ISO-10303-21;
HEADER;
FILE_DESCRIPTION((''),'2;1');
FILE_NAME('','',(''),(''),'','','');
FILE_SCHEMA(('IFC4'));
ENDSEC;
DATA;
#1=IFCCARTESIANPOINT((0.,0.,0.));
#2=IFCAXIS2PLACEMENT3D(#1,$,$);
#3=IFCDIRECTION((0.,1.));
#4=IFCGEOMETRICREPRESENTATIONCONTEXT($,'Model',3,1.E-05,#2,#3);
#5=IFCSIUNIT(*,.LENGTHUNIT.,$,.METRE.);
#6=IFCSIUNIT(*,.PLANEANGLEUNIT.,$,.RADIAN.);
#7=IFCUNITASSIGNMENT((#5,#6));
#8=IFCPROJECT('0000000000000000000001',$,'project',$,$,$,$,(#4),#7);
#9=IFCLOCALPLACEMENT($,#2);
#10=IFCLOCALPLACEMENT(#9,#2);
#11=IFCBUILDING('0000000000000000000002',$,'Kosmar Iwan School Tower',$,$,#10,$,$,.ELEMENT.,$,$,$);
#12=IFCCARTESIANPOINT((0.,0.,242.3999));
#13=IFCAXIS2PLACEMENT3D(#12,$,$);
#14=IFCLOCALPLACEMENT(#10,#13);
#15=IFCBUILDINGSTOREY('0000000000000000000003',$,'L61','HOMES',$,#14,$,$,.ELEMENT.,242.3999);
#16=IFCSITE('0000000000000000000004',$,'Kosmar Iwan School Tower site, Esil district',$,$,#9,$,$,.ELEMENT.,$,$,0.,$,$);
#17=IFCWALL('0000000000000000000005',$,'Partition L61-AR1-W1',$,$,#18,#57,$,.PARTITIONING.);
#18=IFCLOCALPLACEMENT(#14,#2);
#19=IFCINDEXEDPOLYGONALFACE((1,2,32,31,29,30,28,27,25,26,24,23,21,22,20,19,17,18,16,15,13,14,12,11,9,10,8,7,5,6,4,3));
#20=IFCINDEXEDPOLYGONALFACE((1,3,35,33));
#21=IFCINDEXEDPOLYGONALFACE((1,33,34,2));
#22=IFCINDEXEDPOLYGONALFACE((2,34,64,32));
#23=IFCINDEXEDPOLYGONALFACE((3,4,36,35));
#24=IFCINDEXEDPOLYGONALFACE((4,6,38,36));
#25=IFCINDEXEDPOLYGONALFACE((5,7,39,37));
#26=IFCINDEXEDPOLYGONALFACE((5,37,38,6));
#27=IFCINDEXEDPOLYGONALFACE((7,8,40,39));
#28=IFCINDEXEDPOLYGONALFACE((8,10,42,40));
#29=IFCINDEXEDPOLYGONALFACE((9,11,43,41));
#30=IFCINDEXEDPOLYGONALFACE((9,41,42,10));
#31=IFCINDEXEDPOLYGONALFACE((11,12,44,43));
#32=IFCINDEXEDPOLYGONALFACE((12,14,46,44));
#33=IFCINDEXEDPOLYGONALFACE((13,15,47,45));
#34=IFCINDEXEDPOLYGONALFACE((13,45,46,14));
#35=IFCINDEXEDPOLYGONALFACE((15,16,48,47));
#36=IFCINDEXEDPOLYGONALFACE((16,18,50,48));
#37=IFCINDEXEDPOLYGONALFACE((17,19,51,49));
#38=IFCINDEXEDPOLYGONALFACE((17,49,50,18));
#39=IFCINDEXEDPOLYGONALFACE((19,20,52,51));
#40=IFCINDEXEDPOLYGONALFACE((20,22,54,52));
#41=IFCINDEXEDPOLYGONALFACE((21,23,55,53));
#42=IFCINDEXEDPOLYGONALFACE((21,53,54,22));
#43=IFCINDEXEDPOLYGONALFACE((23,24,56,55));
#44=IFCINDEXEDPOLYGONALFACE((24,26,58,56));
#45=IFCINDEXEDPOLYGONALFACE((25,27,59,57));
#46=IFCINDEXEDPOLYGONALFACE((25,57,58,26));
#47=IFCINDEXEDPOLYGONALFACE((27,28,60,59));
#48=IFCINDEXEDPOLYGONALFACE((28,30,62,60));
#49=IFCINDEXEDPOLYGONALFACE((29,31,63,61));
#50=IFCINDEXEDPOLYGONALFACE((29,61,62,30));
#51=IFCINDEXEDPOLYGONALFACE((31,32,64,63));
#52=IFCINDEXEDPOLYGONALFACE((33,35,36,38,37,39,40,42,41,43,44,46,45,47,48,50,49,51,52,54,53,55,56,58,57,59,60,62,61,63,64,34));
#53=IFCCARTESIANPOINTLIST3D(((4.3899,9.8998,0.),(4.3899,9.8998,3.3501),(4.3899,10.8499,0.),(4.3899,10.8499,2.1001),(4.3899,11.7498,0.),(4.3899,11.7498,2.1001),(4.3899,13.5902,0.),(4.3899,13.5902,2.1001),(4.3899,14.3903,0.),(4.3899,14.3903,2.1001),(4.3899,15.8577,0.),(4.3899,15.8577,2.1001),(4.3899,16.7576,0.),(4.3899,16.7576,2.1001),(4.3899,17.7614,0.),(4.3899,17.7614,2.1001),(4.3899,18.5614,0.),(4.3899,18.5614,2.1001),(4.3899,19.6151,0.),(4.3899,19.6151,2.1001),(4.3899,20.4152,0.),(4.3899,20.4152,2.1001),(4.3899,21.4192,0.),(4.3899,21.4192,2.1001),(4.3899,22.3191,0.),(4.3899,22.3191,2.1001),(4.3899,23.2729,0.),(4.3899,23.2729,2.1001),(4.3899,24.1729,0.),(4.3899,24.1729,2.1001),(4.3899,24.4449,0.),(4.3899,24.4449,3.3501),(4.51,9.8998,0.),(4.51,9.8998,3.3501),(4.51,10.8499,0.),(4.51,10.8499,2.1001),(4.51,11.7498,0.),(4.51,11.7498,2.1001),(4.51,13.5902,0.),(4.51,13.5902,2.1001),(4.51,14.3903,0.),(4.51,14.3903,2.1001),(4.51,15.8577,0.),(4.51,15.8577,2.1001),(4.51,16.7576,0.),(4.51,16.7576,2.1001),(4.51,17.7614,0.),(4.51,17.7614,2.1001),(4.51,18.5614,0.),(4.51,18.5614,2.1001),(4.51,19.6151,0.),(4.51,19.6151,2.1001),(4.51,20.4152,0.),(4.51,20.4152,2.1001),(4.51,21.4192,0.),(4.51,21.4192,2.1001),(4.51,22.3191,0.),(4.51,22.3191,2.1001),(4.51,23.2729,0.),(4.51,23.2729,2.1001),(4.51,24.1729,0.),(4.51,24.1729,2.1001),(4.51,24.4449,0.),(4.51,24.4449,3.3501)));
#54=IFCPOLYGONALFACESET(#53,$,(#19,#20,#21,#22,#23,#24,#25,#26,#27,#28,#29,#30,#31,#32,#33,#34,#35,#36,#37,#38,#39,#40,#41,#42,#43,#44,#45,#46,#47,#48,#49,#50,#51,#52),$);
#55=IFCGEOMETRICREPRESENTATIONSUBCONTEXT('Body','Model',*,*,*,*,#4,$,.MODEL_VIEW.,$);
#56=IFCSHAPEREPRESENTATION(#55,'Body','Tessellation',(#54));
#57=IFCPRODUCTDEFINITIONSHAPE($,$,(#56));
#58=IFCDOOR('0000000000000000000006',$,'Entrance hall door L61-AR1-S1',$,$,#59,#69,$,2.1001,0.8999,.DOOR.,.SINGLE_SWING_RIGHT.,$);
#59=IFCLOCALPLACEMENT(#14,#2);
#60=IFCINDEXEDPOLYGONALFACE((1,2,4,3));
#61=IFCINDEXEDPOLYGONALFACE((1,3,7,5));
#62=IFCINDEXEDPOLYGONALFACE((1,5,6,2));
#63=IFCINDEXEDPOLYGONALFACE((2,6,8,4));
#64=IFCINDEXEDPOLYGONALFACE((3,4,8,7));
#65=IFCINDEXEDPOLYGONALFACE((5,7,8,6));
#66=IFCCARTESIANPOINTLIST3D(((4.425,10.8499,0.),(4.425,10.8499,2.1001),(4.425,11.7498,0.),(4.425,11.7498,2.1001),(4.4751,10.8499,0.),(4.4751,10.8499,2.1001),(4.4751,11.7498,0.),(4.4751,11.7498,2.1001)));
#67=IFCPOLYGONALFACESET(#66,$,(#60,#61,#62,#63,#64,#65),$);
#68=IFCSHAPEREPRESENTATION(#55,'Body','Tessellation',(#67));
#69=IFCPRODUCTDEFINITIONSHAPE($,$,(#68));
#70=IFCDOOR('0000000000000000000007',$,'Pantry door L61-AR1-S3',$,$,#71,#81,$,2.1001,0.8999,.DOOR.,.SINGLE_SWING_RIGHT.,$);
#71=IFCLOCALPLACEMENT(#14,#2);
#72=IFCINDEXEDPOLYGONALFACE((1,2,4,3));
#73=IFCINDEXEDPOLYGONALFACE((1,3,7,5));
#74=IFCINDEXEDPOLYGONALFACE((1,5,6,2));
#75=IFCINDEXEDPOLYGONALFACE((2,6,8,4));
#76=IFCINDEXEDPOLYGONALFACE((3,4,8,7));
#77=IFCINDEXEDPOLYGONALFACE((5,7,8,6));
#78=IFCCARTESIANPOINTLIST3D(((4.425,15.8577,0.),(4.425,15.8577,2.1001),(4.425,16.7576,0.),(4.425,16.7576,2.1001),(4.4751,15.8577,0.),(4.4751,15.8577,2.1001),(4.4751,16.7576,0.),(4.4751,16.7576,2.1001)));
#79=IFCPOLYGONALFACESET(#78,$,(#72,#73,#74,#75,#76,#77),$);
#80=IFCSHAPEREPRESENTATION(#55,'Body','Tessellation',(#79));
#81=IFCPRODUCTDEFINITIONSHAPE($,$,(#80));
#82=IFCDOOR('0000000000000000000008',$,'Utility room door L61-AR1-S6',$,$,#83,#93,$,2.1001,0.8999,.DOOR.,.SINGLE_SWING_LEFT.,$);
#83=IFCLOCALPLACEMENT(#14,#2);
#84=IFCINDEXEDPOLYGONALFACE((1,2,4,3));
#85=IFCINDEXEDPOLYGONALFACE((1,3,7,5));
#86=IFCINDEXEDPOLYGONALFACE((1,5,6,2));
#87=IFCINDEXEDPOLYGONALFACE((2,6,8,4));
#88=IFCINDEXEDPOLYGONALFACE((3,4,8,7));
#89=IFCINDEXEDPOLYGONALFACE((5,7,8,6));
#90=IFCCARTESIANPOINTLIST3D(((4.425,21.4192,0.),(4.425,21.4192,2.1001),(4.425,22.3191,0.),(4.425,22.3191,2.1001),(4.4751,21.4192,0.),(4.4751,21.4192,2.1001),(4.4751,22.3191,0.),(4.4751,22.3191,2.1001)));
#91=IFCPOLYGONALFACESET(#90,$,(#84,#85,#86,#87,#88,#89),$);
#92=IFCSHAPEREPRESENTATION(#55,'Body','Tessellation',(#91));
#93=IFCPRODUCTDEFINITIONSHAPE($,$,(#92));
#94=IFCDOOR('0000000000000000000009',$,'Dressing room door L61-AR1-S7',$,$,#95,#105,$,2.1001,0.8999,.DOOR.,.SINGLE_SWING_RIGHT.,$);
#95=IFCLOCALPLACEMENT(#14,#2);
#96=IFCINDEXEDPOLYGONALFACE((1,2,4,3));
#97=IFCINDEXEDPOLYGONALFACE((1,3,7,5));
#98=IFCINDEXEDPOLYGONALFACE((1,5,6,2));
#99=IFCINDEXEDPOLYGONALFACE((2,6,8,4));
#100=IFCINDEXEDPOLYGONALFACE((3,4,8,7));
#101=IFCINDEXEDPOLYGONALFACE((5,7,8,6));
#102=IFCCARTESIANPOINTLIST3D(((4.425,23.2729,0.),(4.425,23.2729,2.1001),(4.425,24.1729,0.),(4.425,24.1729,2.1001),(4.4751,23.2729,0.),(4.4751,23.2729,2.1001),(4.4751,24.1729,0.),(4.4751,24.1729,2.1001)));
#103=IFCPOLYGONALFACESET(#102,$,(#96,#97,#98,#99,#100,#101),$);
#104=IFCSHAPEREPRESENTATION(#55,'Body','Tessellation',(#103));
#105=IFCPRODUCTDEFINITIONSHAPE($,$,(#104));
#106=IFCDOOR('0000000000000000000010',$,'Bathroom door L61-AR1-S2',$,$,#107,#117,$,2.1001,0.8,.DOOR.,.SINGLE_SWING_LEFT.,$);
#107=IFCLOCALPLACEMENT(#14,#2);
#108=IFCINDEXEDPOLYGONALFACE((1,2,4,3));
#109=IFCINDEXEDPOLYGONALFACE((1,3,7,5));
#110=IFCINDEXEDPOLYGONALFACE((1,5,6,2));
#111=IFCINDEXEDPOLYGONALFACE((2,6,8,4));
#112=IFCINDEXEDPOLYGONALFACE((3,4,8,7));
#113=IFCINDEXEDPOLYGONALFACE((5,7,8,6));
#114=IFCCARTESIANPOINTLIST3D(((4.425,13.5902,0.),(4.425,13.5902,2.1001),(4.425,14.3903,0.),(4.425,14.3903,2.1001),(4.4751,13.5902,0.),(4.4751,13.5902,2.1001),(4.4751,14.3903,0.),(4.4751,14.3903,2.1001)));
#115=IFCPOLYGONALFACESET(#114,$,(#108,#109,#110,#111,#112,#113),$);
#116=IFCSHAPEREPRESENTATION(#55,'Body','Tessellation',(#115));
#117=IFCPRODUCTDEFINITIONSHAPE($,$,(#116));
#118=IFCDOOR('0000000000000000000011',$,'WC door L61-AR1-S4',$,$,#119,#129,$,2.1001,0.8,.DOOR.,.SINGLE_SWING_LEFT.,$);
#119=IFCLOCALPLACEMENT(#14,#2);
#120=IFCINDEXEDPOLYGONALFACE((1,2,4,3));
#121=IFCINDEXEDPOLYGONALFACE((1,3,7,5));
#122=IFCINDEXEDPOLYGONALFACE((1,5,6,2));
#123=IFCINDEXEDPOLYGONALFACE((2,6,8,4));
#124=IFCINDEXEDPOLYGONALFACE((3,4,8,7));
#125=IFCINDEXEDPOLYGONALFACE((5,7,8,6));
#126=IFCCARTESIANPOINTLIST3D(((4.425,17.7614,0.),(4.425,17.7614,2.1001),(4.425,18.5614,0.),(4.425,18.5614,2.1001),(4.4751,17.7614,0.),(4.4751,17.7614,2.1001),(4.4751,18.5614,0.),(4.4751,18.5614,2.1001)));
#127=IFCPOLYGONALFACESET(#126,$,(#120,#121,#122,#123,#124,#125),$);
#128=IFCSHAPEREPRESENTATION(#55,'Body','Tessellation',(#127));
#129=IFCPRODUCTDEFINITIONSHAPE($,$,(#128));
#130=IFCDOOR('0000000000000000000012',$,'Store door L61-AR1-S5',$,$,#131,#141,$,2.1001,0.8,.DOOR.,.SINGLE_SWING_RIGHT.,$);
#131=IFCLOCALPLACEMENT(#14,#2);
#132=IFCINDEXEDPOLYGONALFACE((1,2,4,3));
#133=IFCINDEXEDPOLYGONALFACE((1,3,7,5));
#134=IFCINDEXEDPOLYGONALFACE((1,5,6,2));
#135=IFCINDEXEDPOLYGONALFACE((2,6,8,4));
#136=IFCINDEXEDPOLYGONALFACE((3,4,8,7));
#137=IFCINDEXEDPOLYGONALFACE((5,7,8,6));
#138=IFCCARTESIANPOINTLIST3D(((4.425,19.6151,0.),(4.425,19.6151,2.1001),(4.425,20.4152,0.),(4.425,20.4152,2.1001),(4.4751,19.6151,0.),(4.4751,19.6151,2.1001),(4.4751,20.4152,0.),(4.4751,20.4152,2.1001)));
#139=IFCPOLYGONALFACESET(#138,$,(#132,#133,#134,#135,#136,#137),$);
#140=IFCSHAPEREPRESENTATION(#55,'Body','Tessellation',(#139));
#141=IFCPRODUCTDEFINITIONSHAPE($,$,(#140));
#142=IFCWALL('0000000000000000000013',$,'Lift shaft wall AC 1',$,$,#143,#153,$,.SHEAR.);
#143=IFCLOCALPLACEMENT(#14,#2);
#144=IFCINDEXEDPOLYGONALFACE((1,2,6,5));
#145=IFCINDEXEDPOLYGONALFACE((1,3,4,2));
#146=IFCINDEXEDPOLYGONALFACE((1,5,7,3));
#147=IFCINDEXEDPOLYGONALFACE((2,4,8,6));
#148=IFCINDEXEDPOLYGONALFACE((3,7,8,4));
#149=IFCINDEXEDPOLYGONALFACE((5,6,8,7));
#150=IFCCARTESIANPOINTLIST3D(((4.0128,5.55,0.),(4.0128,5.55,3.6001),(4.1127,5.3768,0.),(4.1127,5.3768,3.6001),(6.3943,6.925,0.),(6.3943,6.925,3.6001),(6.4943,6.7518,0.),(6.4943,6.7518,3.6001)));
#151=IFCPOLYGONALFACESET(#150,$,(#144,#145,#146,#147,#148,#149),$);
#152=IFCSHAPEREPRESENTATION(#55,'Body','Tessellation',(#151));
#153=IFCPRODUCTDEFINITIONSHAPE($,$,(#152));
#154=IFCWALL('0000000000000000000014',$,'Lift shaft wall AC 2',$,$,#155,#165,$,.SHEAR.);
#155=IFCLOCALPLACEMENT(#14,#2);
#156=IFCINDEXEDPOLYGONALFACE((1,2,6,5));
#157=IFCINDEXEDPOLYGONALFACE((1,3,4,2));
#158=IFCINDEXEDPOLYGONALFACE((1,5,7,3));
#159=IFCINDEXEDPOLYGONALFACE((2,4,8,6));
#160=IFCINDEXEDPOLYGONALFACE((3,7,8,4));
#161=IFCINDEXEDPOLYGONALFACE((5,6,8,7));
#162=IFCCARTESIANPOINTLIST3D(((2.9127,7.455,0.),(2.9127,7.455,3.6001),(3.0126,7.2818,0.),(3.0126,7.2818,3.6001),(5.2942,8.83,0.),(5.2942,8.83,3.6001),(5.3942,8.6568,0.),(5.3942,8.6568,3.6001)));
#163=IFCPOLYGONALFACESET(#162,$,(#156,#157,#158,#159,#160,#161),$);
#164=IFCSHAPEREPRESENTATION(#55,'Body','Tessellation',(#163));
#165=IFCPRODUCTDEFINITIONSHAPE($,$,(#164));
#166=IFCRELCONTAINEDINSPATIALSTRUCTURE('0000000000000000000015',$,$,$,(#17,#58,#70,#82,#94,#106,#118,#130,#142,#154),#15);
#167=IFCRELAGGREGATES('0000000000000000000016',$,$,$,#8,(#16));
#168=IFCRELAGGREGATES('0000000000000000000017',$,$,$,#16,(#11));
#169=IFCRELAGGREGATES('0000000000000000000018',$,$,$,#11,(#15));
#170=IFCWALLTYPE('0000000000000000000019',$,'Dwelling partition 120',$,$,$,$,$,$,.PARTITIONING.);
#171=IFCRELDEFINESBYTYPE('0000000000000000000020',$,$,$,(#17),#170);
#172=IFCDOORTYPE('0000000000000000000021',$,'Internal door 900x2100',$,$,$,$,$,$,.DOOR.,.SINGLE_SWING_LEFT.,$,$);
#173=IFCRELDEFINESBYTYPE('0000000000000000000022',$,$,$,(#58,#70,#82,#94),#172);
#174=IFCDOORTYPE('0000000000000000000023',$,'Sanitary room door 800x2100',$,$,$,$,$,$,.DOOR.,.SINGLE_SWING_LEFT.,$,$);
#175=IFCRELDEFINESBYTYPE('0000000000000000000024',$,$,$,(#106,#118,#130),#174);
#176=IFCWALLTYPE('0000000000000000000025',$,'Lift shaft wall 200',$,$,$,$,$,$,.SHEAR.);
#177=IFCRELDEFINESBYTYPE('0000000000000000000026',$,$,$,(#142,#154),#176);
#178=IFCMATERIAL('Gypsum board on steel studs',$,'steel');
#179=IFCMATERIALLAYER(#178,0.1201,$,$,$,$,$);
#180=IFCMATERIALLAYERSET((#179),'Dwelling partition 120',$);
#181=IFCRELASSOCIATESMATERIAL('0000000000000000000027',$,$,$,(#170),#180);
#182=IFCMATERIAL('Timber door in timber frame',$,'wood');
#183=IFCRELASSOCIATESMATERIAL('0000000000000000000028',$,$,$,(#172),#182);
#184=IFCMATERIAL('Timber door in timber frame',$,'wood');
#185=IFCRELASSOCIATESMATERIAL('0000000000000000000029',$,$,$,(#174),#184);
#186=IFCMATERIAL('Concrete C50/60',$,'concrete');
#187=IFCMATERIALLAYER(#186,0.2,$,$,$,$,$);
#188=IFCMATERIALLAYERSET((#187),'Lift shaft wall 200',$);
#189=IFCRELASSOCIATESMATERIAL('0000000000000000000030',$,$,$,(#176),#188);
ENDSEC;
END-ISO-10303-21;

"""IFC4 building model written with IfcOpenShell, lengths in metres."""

from ifc_helpers import new_model, si_unit, direction, frame, frame_2d, origin, place, context, subcontext, project, spatial, rectangle, extrude, material, layer, layer_set, type_object, element, fill, save


model = new_model("IFC4")

# Units and contexts
model_context = context("Model", 3, precision=1e-05, world=origin(), true_north=direction((0.0, 1.0)))
body_context = subcontext(model_context, "Body", "Model", "MODEL_VIEW")
ifc_project = project(units=[si_unit("LENGTHUNIT", "METRE"), si_unit("PLANEANGLEUNIT", "RADIAN")], contexts=[model_context])

# Site, building, storey
site_placement = place(None, origin())
site = spatial("IfcSite", under=ifc_project, at=site_placement, Name="Kosmar Iwan School Tower site, Esil district", CompositionType="ELEMENT", RefElevation=0.0)
building_placement = place(site_placement, origin())
building = spatial("IfcBuilding", under=site, at=building_placement, Name="Kosmar Iwan School Tower", CompositionType="ELEMENT")
storey_placement = place(building_placement, frame((0.0, 0.0, 242.3999)))
storey = spatial("IfcBuildingStorey", under=building, at=storey_placement, Name="L61", Description="HOMES", CompositionType="ELEMENT", Elevation=242.3999)

# Wall, openings, doors
ifc_material_1 = material(Name="Gypsum board on steel studs", Category="steel")
ifc_layer_1 = layer(ifc_material_1, 0.1201)
ifc_layer_set_1 = layer_set([ifc_layer_1], Name="Dwelling partition 120")
wall_type_1 = type_object("IfcWallType", Name="Dwelling partition 120", PredefinedType="PARTITIONING", material=ifc_layer_set_1)
wall_1_placement = place(storey_placement, frame((4.45, 9.8999, 0.0), z_axis=(0.0, 0.0, 1.0), x_axis=(0.0, 1.0, 0.0)))
wall_1 = element("IfcWall", 1, at=wall_1_placement, inside=storey, type_object=wall_type_1, Name="Partition L61-AR1-W1", PredefinedType="PARTITIONING", context=body_context, shape_type="SweptSolid", body=[
    extrude(rectangle(XDim=14.5452, YDim=0.1201, at=frame_2d((7.2725, 0.0))), origin(), (0.0, 0.0, 1.0), 3.3501),
])
opening_1_placement = place(wall_1_placement, frame((0.95, 0.0, 0.0)))
opening_1 = element("IfcOpeningElement", 2, at=opening_1_placement, cuts=wall_1, PredefinedType="OPENING", context=body_context, shape_type="SweptSolid", body=[
    extrude(rectangle(XDim=0.8999, YDim=2.1001, at=frame_2d((0.45, 1.05))), frame((0.0, 0.072, 0.0), z_axis=(0.0, -1.0, 0.0), x_axis=(1.0, 0.0, 0.0)), (0.0, 0.0, 1.0), 0.144),
])
opening_2_placement = place(wall_1_placement, frame((3.6904, 0.0, 0.0)))
opening_2 = element("IfcOpeningElement", 3, at=opening_2_placement, cuts=wall_1, PredefinedType="OPENING", context=body_context, shape_type="SweptSolid", body=[
    extrude(rectangle(XDim=0.8, YDim=2.1001, at=frame_2d((0.3999, 1.05))), frame((0.0, 0.072, 0.0), z_axis=(0.0, -1.0, 0.0), x_axis=(1.0, 0.0, 0.0)), (0.0, 0.0, 1.0), 0.144),
])
opening_3_placement = place(wall_1_placement, frame((5.9578, 0.0, 0.0)))
opening_3 = element("IfcOpeningElement", 4, at=opening_3_placement, cuts=wall_1, PredefinedType="OPENING", context=body_context, shape_type="SweptSolid", body=[
    extrude(rectangle(XDim=0.8999, YDim=2.1001, at=frame_2d((0.45, 1.05))), frame((0.0, 0.072, 0.0), z_axis=(0.0, -1.0, 0.0), x_axis=(1.0, 0.0, 0.0)), (0.0, 0.0, 1.0), 0.144),
])
opening_4_placement = place(wall_1_placement, frame((7.8616, 0.0, 0.0)))
opening_4 = element("IfcOpeningElement", 5, at=opening_4_placement, cuts=wall_1, PredefinedType="OPENING", context=body_context, shape_type="SweptSolid", body=[
    extrude(rectangle(XDim=0.8, YDim=2.1001, at=frame_2d((0.3999, 1.05))), frame((0.0, 0.072, 0.0), z_axis=(0.0, -1.0, 0.0), x_axis=(1.0, 0.0, 0.0)), (0.0, 0.0, 1.0), 0.144),
])
opening_5_placement = place(wall_1_placement, frame((9.7153, 0.0, 0.0)))
opening_5 = element("IfcOpeningElement", 6, at=opening_5_placement, cuts=wall_1, PredefinedType="OPENING", context=body_context, shape_type="SweptSolid", body=[
    extrude(rectangle(XDim=0.8, YDim=2.1001, at=frame_2d((0.3999, 1.05))), frame((0.0, 0.072, 0.0), z_axis=(0.0, -1.0, 0.0), x_axis=(1.0, 0.0, 0.0)), (0.0, 0.0, 1.0), 0.144),
])
opening_6_placement = place(wall_1_placement, frame((11.5193, 0.0, 0.0)))
opening_6 = element("IfcOpeningElement", 7, at=opening_6_placement, cuts=wall_1, PredefinedType="OPENING", context=body_context, shape_type="SweptSolid", body=[
    extrude(rectangle(XDim=0.8999, YDim=2.1001, at=frame_2d((0.45, 1.05))), frame((0.0, 0.072, 0.0), z_axis=(0.0, -1.0, 0.0), x_axis=(1.0, 0.0, 0.0)), (0.0, 0.0, 1.0), 0.144),
])
opening_7_placement = place(wall_1_placement, frame((13.373, 0.0, 0.0)))
opening_7 = element("IfcOpeningElement", 8, at=opening_7_placement, cuts=wall_1, PredefinedType="OPENING", context=body_context, shape_type="SweptSolid", body=[
    extrude(rectangle(XDim=0.8999, YDim=2.1001, at=frame_2d((0.45, 1.05))), frame((0.0, 0.072, 0.0), z_axis=(0.0, -1.0, 0.0), x_axis=(1.0, 0.0, 0.0)), (0.0, 0.0, 1.0), 0.144),
])
ifc_material_2 = material(Name="Timber door in timber frame", Category="wood")
door_type_1 = type_object("IfcDoorType", Name="Internal door 900x2100", OperationType="SINGLE_SWING_LEFT", PredefinedType="DOOR", material=ifc_material_2)
door_1_placement = place(opening_1_placement, origin())
door_1 = element("IfcDoor", 9, at=door_1_placement, inside=storey, type_object=door_type_1, Name="Entrance hall door L61-AR1-S1", OperationType="SINGLE_SWING_RIGHT", OverallHeight=2.1001, OverallWidth=0.8999, PredefinedType="DOOR", context=body_context, shape_type="SweptSolid", body=[
    extrude(rectangle(XDim=0.8999, YDim=2.1001, at=frame_2d((0.45, 1.05))), frame((0.0, 0.0249, 0.0), z_axis=(0.0, -1.0, 0.0), x_axis=(1.0, 0.0, 0.0)), (0.0, 0.0, 1.0), 0.05),
])
fill(opening_1, door_1)
door_2_placement = place(opening_3_placement, origin())
door_2 = element("IfcDoor", 10, at=door_2_placement, inside=storey, type_object=door_type_1, Name="Pantry door L61-AR1-S3", OperationType="SINGLE_SWING_RIGHT", OverallHeight=2.1001, OverallWidth=0.8999, PredefinedType="DOOR", context=body_context, shape_type="SweptSolid", body=[
    extrude(rectangle(XDim=0.8999, YDim=2.1001, at=frame_2d((0.45, 1.05))), frame((0.0, 0.0249, 0.0), z_axis=(0.0, -1.0, 0.0), x_axis=(1.0, 0.0, 0.0)), (0.0, 0.0, 1.0), 0.05),
])
fill(opening_3, door_2)
door_3_placement = place(opening_6_placement, origin())
door_3 = element("IfcDoor", 11, at=door_3_placement, inside=storey, type_object=door_type_1, Name="Utility room door L61-AR1-S6", OperationType="SINGLE_SWING_LEFT", OverallHeight=2.1001, OverallWidth=0.8999, PredefinedType="DOOR", context=body_context, shape_type="SweptSolid", body=[
    extrude(rectangle(XDim=0.8999, YDim=2.1001, at=frame_2d((0.45, 1.05))), frame((0.0, 0.0249, 0.0), z_axis=(0.0, -1.0, 0.0), x_axis=(1.0, 0.0, 0.0)), (0.0, 0.0, 1.0), 0.05),
])
fill(opening_6, door_3)
door_4_placement = place(opening_7_placement, origin())
door_4 = element("IfcDoor", 12, at=door_4_placement, inside=storey, type_object=door_type_1, Name="Dressing room door L61-AR1-S7", OperationType="SINGLE_SWING_RIGHT", OverallHeight=2.1001, OverallWidth=0.8999, PredefinedType="DOOR", context=body_context, shape_type="SweptSolid", body=[
    extrude(rectangle(XDim=0.8999, YDim=2.1001, at=frame_2d((0.45, 1.05))), frame((0.0, 0.0249, 0.0), z_axis=(0.0, -1.0, 0.0), x_axis=(1.0, 0.0, 0.0)), (0.0, 0.0, 1.0), 0.05),
])
fill(opening_7, door_4)
ifc_material_3 = material(Name="Timber door in timber frame", Category="wood")
door_type_2 = type_object("IfcDoorType", Name="Sanitary room door 800x2100", OperationType="SINGLE_SWING_LEFT", PredefinedType="DOOR", material=ifc_material_3)
door_5_placement = place(opening_2_placement, origin())
door_5 = element("IfcDoor", 13, at=door_5_placement, inside=storey, type_object=door_type_2, Name="Bathroom door L61-AR1-S2", OperationType="SINGLE_SWING_LEFT", OverallHeight=2.1001, OverallWidth=0.8, PredefinedType="DOOR", context=body_context, shape_type="SweptSolid", body=[
    extrude(rectangle(XDim=0.8, YDim=2.1001, at=frame_2d((0.3999, 1.05))), frame((0.0, 0.0249, 0.0), z_axis=(0.0, -1.0, 0.0), x_axis=(1.0, 0.0, 0.0)), (0.0, 0.0, 1.0), 0.05),
])
fill(opening_2, door_5)
door_6_placement = place(opening_4_placement, origin())
door_6 = element("IfcDoor", 14, at=door_6_placement, inside=storey, type_object=door_type_2, Name="WC door L61-AR1-S4", OperationType="SINGLE_SWING_LEFT", OverallHeight=2.1001, OverallWidth=0.8, PredefinedType="DOOR", context=body_context, shape_type="SweptSolid", body=[
    extrude(rectangle(XDim=0.8, YDim=2.1001, at=frame_2d((0.3999, 1.05))), frame((0.0, 0.0249, 0.0), z_axis=(0.0, -1.0, 0.0), x_axis=(1.0, 0.0, 0.0)), (0.0, 0.0, 1.0), 0.05),
])
fill(opening_4, door_6)
door_7_placement = place(opening_5_placement, origin())
door_7 = element("IfcDoor", 15, at=door_7_placement, inside=storey, type_object=door_type_2, Name="Store door L61-AR1-S5", OperationType="SINGLE_SWING_RIGHT", OverallHeight=2.1001, OverallWidth=0.8, PredefinedType="DOOR", context=body_context, shape_type="SweptSolid", body=[
    extrude(rectangle(XDim=0.8, YDim=2.1001, at=frame_2d((0.3999, 1.05))), frame((0.0, 0.0249, 0.0), z_axis=(0.0, -1.0, 0.0), x_axis=(1.0, 0.0, 0.0)), (0.0, 0.0, 1.0), 0.05),
])
fill(opening_5, door_7)

# Walls
ifc_material_4 = material(Name="Concrete C50/60", Category="concrete")
ifc_layer_2 = layer(ifc_material_4, 0.2)
ifc_layer_set_2 = layer_set([ifc_layer_2], Name="Lift shaft wall 200")
wall_type_2 = type_object("IfcWallType", Name="Lift shaft wall 200", PredefinedType="SHEAR", material=ifc_layer_set_2)
for number, where, z_axis, x_axis, name in (
    (16, (4.0627, 5.4634, 0.0), (0.0, 0.0, 1.0), (0.866027, 0.499997, 0.0), "Lift shaft wall AC 1"),
    (17, (2.9626, 7.3684, 0.0), (0.0, 0.0, 1.0), (0.866027, 0.499997, 0.0), "Lift shaft wall AC 2"),
):
    element("IfcWall", number, at=place(storey_placement, frame(where, z_axis=z_axis, x_axis=x_axis)), inside=storey, type_object=wall_type_2, Name=name, PredefinedType="SHEAR", context=body_context, shape_type="SweptSolid", body=[
        extrude(rectangle(XDim=2.75, YDim=0.2, at=frame_2d((1.375, 0.0))), origin(), (0.0, 0.0, 1.0), 3.6001),
    ])

save(model, "model.ifc")
